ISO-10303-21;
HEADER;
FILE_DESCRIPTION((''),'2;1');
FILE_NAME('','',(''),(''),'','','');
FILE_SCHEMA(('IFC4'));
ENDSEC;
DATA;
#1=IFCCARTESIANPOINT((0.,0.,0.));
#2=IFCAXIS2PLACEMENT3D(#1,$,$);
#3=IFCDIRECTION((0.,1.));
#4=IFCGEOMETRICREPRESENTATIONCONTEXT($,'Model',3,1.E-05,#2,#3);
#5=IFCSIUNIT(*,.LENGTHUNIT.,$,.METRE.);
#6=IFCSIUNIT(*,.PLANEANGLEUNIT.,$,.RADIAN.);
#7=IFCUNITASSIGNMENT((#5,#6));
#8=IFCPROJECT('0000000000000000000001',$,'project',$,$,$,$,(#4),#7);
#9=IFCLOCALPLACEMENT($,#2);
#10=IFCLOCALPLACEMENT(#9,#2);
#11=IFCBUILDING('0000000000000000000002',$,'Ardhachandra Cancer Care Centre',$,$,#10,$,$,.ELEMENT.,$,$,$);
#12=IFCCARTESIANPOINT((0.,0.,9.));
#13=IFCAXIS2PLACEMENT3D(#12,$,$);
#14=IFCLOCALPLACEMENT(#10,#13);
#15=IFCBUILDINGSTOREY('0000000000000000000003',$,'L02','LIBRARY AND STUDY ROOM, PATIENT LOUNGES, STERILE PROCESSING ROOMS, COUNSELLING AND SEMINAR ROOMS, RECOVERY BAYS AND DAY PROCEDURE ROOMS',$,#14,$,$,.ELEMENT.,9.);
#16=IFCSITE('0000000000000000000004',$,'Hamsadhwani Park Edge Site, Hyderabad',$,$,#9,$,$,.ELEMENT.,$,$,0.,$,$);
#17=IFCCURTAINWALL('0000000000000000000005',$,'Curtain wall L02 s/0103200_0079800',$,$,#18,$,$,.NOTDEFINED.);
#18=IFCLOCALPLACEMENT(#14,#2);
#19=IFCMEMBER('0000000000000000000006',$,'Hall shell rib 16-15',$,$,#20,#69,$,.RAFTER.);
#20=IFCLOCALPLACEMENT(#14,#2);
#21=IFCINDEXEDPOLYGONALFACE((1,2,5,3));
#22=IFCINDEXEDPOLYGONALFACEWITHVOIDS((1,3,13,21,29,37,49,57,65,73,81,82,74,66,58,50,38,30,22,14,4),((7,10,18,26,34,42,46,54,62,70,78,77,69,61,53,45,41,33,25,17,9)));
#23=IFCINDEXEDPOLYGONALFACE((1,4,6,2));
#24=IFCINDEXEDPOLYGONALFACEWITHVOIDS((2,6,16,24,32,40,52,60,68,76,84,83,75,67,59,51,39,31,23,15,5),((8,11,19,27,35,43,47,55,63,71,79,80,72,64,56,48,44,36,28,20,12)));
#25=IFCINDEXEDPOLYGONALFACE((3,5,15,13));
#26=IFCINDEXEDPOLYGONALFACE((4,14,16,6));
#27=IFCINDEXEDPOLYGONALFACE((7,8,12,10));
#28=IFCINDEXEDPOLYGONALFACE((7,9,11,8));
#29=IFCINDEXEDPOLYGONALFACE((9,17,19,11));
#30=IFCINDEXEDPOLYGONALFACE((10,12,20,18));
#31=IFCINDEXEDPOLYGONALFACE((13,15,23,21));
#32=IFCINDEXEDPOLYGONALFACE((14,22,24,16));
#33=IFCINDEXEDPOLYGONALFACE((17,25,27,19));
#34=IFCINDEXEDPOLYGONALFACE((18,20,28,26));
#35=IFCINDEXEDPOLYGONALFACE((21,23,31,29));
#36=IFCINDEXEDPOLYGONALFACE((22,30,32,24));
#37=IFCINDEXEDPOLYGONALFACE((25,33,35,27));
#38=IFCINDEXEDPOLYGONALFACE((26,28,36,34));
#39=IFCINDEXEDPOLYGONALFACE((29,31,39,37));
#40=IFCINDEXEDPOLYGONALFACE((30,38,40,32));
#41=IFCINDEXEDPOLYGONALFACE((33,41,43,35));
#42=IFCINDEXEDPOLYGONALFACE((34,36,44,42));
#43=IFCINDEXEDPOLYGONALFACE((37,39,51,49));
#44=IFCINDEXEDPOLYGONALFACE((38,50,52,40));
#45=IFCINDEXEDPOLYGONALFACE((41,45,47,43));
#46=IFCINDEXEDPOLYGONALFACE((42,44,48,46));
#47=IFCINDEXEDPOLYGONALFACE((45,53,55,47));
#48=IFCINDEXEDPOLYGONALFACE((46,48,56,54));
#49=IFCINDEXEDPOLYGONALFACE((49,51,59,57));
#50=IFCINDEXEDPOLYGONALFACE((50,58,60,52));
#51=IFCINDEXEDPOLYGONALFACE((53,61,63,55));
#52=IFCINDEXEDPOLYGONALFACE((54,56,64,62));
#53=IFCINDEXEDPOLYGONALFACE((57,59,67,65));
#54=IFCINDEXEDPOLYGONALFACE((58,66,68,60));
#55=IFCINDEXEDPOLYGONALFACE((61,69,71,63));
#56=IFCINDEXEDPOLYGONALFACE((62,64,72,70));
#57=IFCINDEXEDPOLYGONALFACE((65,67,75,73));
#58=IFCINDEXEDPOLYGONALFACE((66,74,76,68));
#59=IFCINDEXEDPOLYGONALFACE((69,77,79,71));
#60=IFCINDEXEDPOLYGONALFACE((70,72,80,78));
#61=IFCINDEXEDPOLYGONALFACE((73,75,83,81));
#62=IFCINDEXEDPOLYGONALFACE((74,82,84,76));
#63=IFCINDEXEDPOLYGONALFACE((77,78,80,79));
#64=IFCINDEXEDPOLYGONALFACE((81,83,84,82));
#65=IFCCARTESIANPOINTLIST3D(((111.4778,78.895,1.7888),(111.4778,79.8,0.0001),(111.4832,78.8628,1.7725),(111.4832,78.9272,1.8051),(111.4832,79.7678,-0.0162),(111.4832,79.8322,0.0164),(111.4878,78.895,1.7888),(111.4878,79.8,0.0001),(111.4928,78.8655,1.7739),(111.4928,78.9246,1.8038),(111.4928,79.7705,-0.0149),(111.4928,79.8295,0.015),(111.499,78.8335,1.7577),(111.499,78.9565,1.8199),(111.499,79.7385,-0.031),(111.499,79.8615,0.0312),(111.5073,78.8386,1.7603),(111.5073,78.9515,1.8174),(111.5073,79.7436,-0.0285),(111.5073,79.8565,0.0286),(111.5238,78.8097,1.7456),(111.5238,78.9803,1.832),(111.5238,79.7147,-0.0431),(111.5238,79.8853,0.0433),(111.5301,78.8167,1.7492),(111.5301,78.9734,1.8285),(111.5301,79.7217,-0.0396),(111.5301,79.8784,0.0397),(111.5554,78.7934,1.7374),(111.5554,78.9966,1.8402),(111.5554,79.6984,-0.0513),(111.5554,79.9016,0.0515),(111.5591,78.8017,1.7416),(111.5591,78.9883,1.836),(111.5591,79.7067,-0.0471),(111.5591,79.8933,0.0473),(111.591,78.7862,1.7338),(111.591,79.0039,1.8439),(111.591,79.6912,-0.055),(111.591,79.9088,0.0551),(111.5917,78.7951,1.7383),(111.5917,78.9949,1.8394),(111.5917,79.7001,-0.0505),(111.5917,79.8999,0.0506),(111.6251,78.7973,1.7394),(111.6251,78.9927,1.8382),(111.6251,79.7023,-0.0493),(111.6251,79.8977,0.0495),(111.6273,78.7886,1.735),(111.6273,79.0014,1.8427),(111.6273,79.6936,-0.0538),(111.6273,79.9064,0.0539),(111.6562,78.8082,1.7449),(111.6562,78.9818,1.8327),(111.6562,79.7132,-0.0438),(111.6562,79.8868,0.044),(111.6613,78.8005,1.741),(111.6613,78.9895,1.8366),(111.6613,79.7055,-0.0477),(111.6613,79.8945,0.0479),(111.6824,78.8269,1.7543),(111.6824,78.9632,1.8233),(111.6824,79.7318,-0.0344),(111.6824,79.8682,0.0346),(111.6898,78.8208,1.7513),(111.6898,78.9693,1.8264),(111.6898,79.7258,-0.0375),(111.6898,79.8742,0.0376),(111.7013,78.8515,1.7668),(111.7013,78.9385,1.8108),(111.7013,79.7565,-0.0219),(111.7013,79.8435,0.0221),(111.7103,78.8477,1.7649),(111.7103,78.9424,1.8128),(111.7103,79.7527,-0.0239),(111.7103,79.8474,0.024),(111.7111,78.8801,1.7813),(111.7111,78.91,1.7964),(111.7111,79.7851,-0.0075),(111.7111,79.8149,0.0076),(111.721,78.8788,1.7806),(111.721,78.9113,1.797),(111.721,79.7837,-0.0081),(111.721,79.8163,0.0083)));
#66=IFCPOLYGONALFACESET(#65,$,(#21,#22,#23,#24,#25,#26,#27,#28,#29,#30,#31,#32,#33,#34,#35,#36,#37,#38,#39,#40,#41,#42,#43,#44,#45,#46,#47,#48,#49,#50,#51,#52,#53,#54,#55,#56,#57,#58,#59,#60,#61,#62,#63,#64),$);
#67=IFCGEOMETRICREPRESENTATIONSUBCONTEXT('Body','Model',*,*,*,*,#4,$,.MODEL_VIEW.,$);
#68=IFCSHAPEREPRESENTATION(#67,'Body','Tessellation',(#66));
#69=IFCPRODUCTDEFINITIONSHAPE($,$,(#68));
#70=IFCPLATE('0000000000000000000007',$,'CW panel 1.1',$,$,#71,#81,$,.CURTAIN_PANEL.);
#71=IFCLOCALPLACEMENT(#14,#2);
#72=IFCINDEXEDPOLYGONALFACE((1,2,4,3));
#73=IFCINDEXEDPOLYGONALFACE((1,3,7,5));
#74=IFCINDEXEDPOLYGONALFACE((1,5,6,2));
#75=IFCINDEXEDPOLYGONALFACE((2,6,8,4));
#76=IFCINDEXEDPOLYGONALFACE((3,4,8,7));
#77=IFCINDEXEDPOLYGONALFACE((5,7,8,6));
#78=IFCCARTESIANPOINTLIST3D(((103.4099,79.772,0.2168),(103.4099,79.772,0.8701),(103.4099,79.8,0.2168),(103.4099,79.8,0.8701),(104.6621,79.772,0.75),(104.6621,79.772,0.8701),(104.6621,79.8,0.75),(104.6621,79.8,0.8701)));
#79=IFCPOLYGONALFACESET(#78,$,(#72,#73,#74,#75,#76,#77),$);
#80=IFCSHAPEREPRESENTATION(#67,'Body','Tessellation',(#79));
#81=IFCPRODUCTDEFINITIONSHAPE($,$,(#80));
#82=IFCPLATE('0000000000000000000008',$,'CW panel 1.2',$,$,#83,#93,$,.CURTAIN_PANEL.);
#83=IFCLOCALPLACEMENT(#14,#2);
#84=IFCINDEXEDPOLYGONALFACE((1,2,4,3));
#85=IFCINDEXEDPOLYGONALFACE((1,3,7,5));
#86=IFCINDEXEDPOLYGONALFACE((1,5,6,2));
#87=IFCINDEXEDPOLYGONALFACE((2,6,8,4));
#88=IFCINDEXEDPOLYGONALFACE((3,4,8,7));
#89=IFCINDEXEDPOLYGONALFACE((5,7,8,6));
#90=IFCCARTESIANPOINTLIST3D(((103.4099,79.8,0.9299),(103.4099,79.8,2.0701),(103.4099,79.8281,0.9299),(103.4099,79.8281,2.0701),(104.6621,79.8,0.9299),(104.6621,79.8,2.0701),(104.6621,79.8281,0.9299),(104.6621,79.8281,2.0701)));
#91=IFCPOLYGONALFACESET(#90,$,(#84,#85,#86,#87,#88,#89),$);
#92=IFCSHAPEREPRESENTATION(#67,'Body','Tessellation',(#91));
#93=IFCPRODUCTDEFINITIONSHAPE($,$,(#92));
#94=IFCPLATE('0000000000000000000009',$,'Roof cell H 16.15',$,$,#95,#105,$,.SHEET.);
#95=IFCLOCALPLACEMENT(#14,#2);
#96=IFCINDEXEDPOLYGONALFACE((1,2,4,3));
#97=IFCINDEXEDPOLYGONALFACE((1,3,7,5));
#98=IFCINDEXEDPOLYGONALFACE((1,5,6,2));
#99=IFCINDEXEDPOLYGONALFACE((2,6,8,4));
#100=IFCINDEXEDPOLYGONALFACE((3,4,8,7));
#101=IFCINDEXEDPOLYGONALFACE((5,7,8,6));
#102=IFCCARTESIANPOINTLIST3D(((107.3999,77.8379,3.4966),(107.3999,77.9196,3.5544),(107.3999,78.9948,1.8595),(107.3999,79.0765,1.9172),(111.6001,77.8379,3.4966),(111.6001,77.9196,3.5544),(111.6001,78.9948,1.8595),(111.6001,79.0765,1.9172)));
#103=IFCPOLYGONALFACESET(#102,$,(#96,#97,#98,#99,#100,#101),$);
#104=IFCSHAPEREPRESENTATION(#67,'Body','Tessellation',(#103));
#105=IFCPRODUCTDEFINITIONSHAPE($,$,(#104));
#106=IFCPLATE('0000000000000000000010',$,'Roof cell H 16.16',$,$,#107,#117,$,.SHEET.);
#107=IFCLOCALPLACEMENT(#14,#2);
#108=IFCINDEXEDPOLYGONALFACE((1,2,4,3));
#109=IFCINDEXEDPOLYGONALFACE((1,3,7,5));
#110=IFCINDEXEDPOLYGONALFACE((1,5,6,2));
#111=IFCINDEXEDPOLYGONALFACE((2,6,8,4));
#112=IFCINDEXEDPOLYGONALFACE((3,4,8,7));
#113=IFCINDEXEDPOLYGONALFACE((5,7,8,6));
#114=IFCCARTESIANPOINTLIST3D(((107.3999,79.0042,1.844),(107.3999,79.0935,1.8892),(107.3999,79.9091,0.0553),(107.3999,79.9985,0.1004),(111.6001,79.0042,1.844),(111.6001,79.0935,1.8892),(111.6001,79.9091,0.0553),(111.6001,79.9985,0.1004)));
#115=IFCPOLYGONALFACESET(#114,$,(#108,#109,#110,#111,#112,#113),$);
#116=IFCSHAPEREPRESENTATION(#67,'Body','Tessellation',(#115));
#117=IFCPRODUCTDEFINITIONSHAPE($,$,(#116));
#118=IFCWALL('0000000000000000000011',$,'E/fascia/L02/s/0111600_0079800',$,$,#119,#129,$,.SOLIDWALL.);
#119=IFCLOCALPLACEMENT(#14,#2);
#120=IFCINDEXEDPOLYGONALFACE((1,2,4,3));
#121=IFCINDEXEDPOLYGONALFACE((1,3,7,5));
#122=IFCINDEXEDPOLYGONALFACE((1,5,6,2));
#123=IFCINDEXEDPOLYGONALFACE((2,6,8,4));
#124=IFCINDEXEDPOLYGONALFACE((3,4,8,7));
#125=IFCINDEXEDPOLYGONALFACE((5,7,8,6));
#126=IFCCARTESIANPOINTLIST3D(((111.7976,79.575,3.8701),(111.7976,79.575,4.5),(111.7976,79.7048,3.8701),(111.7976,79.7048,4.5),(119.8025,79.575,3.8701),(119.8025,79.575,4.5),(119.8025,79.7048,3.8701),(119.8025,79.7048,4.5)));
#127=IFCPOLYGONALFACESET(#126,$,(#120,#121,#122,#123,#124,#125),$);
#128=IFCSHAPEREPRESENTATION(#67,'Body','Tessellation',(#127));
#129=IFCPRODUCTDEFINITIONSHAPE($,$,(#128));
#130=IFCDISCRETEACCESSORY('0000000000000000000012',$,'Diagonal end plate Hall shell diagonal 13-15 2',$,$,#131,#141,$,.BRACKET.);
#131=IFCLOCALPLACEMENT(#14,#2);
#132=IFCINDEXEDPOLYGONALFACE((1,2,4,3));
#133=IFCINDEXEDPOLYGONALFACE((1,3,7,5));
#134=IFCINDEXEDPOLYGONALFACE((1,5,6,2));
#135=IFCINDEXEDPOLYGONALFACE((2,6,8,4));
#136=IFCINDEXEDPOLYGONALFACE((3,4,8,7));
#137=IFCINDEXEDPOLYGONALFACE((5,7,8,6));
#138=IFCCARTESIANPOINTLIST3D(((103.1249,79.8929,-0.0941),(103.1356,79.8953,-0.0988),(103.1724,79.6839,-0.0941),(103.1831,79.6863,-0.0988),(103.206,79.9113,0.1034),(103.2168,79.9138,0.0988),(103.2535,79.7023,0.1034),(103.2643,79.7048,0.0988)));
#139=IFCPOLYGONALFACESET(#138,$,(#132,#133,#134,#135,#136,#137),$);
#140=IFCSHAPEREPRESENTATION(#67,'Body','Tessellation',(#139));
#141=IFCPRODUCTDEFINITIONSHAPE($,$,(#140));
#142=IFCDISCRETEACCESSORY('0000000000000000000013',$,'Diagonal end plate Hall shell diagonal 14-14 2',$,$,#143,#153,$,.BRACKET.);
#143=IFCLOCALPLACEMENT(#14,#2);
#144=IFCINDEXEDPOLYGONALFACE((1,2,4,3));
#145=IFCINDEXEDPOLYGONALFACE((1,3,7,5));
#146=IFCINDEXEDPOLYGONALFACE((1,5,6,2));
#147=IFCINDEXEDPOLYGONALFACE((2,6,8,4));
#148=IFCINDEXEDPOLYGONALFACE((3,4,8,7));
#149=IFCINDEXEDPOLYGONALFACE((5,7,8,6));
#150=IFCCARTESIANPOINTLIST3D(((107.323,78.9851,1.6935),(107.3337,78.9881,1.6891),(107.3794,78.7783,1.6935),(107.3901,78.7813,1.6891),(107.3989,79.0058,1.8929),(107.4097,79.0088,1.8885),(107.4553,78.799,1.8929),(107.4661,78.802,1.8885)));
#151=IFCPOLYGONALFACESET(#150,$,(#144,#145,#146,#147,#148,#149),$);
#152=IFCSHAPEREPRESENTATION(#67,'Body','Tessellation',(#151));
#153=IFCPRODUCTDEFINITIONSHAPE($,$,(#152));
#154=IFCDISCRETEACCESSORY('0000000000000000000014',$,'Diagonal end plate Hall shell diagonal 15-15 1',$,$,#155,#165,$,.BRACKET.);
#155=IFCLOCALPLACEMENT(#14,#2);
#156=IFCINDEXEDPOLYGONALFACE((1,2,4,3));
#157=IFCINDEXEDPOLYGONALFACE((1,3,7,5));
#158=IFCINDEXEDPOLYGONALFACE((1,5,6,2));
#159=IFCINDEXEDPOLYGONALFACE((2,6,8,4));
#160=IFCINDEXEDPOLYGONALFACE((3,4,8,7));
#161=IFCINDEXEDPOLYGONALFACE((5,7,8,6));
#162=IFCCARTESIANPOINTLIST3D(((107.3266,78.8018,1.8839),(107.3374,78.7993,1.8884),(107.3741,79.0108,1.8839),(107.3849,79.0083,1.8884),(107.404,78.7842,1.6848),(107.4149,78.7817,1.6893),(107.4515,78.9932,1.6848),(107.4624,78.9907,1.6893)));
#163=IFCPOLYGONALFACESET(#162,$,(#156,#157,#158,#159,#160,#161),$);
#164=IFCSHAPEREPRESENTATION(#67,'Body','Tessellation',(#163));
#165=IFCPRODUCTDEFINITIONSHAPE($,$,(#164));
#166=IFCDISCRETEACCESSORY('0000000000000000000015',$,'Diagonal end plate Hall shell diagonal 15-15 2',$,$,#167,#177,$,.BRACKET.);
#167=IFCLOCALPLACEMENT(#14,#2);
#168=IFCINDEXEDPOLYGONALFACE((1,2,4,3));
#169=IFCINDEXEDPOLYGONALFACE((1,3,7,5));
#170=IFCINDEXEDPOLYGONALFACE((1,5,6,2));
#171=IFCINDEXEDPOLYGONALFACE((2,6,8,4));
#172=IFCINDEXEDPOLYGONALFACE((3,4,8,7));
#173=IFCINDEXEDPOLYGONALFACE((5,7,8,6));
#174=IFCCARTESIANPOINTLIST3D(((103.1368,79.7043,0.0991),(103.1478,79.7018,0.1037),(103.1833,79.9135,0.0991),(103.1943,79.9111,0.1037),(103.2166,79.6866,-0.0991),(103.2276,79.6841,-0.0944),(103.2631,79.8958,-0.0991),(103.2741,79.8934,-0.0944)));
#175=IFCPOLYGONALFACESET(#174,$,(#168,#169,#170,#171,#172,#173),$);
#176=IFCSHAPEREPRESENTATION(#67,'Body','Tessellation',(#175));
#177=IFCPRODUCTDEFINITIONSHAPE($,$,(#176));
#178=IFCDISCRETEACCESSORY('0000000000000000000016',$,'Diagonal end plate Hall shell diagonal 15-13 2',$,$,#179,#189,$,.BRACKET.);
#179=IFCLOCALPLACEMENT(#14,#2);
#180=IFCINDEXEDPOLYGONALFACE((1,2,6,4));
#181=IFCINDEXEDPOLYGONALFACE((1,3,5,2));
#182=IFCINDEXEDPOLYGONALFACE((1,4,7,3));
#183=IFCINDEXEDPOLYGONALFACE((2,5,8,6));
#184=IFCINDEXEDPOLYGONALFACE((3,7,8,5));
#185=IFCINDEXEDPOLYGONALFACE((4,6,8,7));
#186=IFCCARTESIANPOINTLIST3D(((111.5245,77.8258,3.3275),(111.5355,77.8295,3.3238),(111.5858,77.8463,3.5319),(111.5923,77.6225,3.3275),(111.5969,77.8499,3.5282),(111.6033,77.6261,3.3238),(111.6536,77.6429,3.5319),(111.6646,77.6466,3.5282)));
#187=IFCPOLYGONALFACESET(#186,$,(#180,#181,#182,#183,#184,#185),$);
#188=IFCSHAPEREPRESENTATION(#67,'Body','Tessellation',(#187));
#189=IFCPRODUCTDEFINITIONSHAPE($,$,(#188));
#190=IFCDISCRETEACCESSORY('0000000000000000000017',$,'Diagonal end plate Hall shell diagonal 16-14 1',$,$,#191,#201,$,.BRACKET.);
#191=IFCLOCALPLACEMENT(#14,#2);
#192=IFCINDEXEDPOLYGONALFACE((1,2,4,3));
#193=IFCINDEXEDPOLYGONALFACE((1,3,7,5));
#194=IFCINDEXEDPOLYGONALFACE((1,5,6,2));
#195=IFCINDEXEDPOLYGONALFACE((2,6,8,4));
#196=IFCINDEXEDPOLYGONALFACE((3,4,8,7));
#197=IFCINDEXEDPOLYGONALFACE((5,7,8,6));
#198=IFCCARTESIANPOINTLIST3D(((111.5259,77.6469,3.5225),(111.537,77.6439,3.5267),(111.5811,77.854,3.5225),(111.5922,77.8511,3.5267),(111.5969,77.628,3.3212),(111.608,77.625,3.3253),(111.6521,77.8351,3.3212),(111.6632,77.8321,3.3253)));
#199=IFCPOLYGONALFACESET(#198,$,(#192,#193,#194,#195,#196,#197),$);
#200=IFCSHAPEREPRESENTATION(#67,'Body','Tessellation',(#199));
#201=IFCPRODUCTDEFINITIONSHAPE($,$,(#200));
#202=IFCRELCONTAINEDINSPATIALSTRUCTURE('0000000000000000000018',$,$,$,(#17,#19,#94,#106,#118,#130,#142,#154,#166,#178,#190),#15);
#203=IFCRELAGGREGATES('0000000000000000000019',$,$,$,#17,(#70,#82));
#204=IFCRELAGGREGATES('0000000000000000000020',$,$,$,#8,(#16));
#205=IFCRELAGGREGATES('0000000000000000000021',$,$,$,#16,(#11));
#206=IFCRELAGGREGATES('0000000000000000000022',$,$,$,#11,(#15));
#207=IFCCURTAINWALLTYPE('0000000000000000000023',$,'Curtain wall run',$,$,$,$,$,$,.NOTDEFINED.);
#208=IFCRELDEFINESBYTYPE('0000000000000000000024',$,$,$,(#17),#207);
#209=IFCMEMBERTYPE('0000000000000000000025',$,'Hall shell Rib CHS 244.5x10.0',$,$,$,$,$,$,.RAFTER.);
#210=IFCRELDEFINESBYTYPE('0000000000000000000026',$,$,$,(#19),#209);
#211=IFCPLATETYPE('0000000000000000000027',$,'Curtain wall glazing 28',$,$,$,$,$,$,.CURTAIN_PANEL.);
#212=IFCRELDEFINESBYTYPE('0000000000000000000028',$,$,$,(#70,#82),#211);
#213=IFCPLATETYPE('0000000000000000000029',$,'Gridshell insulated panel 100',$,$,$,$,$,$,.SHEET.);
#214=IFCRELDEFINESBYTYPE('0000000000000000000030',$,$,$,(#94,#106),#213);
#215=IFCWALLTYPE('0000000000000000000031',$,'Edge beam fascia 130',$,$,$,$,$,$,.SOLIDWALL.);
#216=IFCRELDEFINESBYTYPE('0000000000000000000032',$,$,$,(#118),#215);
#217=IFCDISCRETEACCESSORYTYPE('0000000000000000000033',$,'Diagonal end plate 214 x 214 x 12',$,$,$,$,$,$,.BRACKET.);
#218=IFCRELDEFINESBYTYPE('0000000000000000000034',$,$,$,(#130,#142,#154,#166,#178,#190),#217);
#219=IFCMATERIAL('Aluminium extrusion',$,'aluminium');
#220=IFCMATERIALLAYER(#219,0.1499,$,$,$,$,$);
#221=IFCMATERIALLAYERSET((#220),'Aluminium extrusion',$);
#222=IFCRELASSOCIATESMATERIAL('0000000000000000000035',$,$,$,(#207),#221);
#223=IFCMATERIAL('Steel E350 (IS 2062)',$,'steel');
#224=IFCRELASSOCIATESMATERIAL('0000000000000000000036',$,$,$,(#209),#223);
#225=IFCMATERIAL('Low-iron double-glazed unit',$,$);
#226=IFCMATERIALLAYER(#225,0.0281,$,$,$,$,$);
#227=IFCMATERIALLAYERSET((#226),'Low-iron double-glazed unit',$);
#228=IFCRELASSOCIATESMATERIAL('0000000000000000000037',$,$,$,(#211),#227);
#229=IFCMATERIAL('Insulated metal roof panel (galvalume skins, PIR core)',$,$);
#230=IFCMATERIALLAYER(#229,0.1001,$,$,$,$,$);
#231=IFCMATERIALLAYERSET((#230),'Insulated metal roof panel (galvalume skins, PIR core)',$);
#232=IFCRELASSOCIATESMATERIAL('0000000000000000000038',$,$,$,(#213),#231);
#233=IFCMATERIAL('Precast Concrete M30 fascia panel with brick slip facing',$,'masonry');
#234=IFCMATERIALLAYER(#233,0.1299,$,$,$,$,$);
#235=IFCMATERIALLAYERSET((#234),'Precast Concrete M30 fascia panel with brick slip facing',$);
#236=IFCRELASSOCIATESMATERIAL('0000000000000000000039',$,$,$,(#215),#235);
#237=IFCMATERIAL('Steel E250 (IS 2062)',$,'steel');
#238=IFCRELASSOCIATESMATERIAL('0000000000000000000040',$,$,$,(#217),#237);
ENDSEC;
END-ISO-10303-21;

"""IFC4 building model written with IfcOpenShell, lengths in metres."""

from ifc_helpers import new_model, si_unit, direction, frame, frame_2d, origin, origin_2d, place, context, subcontext, project, spatial, polyline, rectangle, hollow_circle, outline, extrude, material, layer, layer_set, material_profile, profile_set, type_object, element, aggregate, save


model = new_model("IFC4")

# Units and contexts
model_context = context("Model", 3, precision=1e-05, world=origin(), true_north=direction((0.0, 1.0)))
body_context = subcontext(model_context, "Body", "Model", "MODEL_VIEW")
ifc_project = project(units=[si_unit("LENGTHUNIT", "METRE"), si_unit("PLANEANGLEUNIT", "RADIAN")], contexts=[model_context])

# Site, building, storey
site_placement = place(None, origin())
site = spatial("IfcSite", under=ifc_project, at=site_placement, Name="Hamsadhwani Park Edge Site, Hyderabad", CompositionType="ELEMENT", RefElevation=0.0)
building_placement = place(site_placement, origin())
building = spatial("IfcBuilding", under=site, at=building_placement, Name="Ardhachandra Cancer Care Centre", CompositionType="ELEMENT")
storey_placement = place(building_placement, frame((0.0, 0.0, 9.0)))
storey = spatial("IfcBuildingStorey", under=building, at=storey_placement, Name="L02", Description="LIBRARY AND STUDY ROOM, PATIENT LOUNGES, STERILE PROCESSING ROOMS, COUNSELLING AND SEMINAR ROOMS, RECOVERY BAYS AND DAY PROCEDURE ROOMS", CompositionType="ELEMENT", Elevation=9.0)

# Curtain wall
ifc_material_1 = material(Name="Aluminium extrusion", Category="aluminium")
ifc_layer_1 = layer(ifc_material_1, 0.1499)
ifc_layer_set_1 = layer_set([ifc_layer_1], Name="Aluminium extrusion")
curtain_wall_type = type_object("IfcCurtainWallType", Name="Curtain wall run", PredefinedType="NOTDEFINED", material=ifc_layer_set_1)
curtain_wall_placement = place(storey_placement, origin())
curtain_wall = element("IfcCurtainWall", 1, at=curtain_wall_placement, inside=storey, type_object=curtain_wall_type, Name="Curtain wall L02 s/0103200_0079800", PredefinedType="NOTDEFINED")

# Member
ifc_material_2 = material(Name="Steel E350 (IS 2062)", Category="steel")
ifc_material_profile_1 = material_profile(ifc_material_2, hollow_circle(Radius=0.1223, WallThickness=0.01, at=origin_2d()), Name="CHS 244.5x10.0")
ifc_profile_set_1 = profile_set([ifc_material_profile_1], Name="Steel E350 (IS 2062)")
member_type_1 = type_object("IfcMemberType", Name="Hall shell Rib CHS 244.5x10.0", PredefinedType="RAFTER", material=ifc_profile_set_1)
for number, where, z_axis, x_axis, name in (
    (2, (111.6001, 78.895, 1.7888), (0.0, 0.451447, -0.892298), (-1.0, 0.0, 0.0), "Hall shell rib 16-15"),
):
    element("IfcMember", number, at=place(storey_placement, frame(where, z_axis=z_axis, x_axis=x_axis)), inside=storey, type_object=member_type_1, Name=name, PredefinedType="RAFTER", context=body_context, shape_type="SweptSolid", body=[
        extrude(hollow_circle(Radius=0.1223, WallThickness=0.01, at=origin_2d()), origin(), (0.0, 0.0, 1.0), 2.0046),
    ])

# Plates
ifc_material_3 = material(Name="Low-iron double-glazed unit")
ifc_layer_2 = layer(ifc_material_3, 0.0281)
ifc_layer_set_2 = layer_set([ifc_layer_2], Name="Low-iron double-glazed unit")
plate_type_1 = type_object("IfcPlateType", Name="Curtain wall glazing 28", PredefinedType="CURTAIN_PANEL", material=ifc_layer_set_2)
plate_1_placement = place(storey_placement, frame((103.4099, 79.8, 0.8701), z_axis=(0.0, 1.0, 0.0), x_axis=(1.0, 0.0, 0.0)))
plate_1 = element("IfcPlate", 3, at=plate_1_placement, type_object=plate_type_1, Name="CW panel 1.1", PredefinedType="CURTAIN_PANEL", context=body_context, shape_type="SweptSolid", body=[
    extrude(outline(polyline([(0.0, 0.0), (1.2522, 0.0), (1.2522, 0.1201), (0.0, 0.6533), (0.0, 0.0)])), frame((0.0, 0.0, -0.0281)), (0.0, 0.0, 1.0), 0.0281),
])
plate_2_placement = place(storey_placement, frame((103.4099, 79.8, 0.9299), z_axis=(0.0, 1.0, 0.0), x_axis=(0.0, 0.0, 1.0)))
plate_2 = element("IfcPlate", 4, at=plate_2_placement, type_object=plate_type_1, Name="CW panel 1.2", PredefinedType="CURTAIN_PANEL", context=body_context, shape_type="SweptSolid", body=[
    extrude(outline(polyline([(0.0, 0.0), (1.1401, 0.0), (1.1401, 1.2522), (0.0, 1.2522), (0.0, 0.0)])), origin(), (0.0, 0.0, 1.0), 0.0281),
])
aggregate(curtain_wall, [plate_1, plate_2])

# Plates
ifc_material_4 = material(Name="Insulated metal roof panel (galvalume skins, PIR core)")
ifc_layer_3 = layer(ifc_material_4, 0.1001)
ifc_layer_set_3 = layer_set([ifc_layer_3], Name="Insulated metal roof panel (galvalume skins, PIR core)")
plate_type_2 = type_object("IfcPlateType", Name="Gridshell insulated panel 100", PredefinedType="SHEET", material=ifc_layer_set_3)
for number, where, z_axis, x_axis, name in (
    (5, (107.3999, 77.8379, 3.4966), (0.0, 0.816661, 0.577118), (1.0, 0.0, 0.0), "Roof cell H 16.15"),
    (6, (107.3999, 79.0042, 1.844), (0.0, 0.892298, 0.451447), (1.0, 0.0, 0.0), "Roof cell H 16.16"),
):
    element("IfcPlate", number, at=place(storey_placement, frame(where, z_axis=z_axis, x_axis=x_axis)), inside=storey, type_object=plate_type_2, Name=name, PredefinedType="SHEET", context=body_context, shape_type="SweptSolid", body=[
        extrude(outline(polyline([(0.0, 0.0), (4.2002, 0.0), (4.2002, 2.0046), (0.0, 2.0046), (0.0, 0.0)])), origin(), (0.0, 0.0, 1.0), 0.1001),
    ])

# Wall
ifc_material_5 = material(Name="Precast Concrete M30 fascia panel with brick slip facing", Category="masonry")
ifc_layer_4 = layer(ifc_material_5, 0.1299)
ifc_layer_set_4 = layer_set([ifc_layer_4], Name="Precast Concrete M30 fascia panel with brick slip facing")
wall_type = type_object("IfcWallType", Name="Edge beam fascia 130", PredefinedType="SOLIDWALL", material=ifc_layer_set_4)
wall_placement = place(storey_placement, frame((111.7976, 79.6399, 3.8701), z_axis=(0.0, 0.0, 1.0), x_axis=(1.0, 0.0, 0.0)))
element("IfcWall", 7, at=wall_placement, inside=storey, type_object=wall_type, Name="E/fascia/L02/s/0111600_0079800", PredefinedType="SOLIDWALL", context=body_context, shape_type="SweptSolid", body=[
    extrude(rectangle(XDim=8.0049, YDim=0.1299, at=frame_2d((4.0024, 0.0))), origin(), (0.0, 0.0, 1.0), 0.6299),
])

# Discrete accessories
ifc_material_6 = material(Name="Steel E250 (IS 2062)", Category="steel")
ifc_material_profile_2 = material_profile(ifc_material_6, rectangle(XDim=0.2144, YDim=0.2144, at=origin_2d()), Name="PL 214x214x12")
ifc_profile_set_2 = profile_set([ifc_material_profile_2], Name="Steel E250 (IS 2062)")
discrete_accessory_type = type_object("IfcDiscreteAccessoryType", Name="Diagonal end plate 214 x 214 x 12", PredefinedType="BRACKET", material=ifc_profile_set_2)
for number, where, z_axis, x_axis, name in (
    (8, (103.2, 79.8, 0.0), (-0.898708, -0.204252, 0.388079), (0.221621, -0.975133, 0.0), "Diagonal end plate Hall shell diagonal 13-15 2"),
    (9, (107.3999, 78.895, 1.7888), (-0.897399, -0.244745, 0.367118), (0.263117, -0.964764, 0.0), "Diagonal end plate Hall shell diagonal 14-14 2"),
    (10, (107.3999, 78.895, 1.7888), (-0.905726, 0.205847, -0.370524), (-0.221621, -0.975133, 0.0), "Diagonal end plate Hall shell diagonal 15-15 1"),
):
    element("IfcDiscreteAccessory", number, at=place(storey_placement, frame(where, z_axis=z_axis, x_axis=x_axis)), inside=storey, type_object=discrete_accessory_type, Name=name, PredefinedType="BRACKET", context=body_context, shape_type="SweptSolid", body=[
        extrude(rectangle(XDim=0.2144, YDim=0.2144, at=origin_2d()), origin(), (0.0, 0.0, 1.0), 0.012),
    ])
for number, where, z_axis, x_axis, name in (
    (11, (103.2, 79.8, 0.0), (0.902531, -0.200562, 0.381068), (0.21693, 0.976187, 0.0), "Diagonal end plate Hall shell diagonal 15-15 2"),
    (12, (111.6001, 77.738, 3.426), (-0.904534, -0.301511, 0.301511), (0.316228, -0.948683, 0.0), "Diagonal end plate Hall shell diagonal 15-13 2"),
    (13, (111.6001, 77.738, 3.426), (-0.907657, 0.242042, -0.342892), (-0.257663, -0.966235, 0.0), "Diagonal end plate Hall shell diagonal 16-14 1"),
):
    element("IfcDiscreteAccessory", number, at=place(storey_placement, frame(where, z_axis=z_axis, x_axis=x_axis)), inside=storey, type_object=discrete_accessory_type, Name=name, PredefinedType="BRACKET", context=body_context, shape_type="SweptSolid", body=[
        extrude(rectangle(XDim=0.2144, YDim=0.2144, at=origin_2d()), origin(), (0.0, 0.0, 1.0), 0.0122),
    ])

save(model, "model.ifc")
